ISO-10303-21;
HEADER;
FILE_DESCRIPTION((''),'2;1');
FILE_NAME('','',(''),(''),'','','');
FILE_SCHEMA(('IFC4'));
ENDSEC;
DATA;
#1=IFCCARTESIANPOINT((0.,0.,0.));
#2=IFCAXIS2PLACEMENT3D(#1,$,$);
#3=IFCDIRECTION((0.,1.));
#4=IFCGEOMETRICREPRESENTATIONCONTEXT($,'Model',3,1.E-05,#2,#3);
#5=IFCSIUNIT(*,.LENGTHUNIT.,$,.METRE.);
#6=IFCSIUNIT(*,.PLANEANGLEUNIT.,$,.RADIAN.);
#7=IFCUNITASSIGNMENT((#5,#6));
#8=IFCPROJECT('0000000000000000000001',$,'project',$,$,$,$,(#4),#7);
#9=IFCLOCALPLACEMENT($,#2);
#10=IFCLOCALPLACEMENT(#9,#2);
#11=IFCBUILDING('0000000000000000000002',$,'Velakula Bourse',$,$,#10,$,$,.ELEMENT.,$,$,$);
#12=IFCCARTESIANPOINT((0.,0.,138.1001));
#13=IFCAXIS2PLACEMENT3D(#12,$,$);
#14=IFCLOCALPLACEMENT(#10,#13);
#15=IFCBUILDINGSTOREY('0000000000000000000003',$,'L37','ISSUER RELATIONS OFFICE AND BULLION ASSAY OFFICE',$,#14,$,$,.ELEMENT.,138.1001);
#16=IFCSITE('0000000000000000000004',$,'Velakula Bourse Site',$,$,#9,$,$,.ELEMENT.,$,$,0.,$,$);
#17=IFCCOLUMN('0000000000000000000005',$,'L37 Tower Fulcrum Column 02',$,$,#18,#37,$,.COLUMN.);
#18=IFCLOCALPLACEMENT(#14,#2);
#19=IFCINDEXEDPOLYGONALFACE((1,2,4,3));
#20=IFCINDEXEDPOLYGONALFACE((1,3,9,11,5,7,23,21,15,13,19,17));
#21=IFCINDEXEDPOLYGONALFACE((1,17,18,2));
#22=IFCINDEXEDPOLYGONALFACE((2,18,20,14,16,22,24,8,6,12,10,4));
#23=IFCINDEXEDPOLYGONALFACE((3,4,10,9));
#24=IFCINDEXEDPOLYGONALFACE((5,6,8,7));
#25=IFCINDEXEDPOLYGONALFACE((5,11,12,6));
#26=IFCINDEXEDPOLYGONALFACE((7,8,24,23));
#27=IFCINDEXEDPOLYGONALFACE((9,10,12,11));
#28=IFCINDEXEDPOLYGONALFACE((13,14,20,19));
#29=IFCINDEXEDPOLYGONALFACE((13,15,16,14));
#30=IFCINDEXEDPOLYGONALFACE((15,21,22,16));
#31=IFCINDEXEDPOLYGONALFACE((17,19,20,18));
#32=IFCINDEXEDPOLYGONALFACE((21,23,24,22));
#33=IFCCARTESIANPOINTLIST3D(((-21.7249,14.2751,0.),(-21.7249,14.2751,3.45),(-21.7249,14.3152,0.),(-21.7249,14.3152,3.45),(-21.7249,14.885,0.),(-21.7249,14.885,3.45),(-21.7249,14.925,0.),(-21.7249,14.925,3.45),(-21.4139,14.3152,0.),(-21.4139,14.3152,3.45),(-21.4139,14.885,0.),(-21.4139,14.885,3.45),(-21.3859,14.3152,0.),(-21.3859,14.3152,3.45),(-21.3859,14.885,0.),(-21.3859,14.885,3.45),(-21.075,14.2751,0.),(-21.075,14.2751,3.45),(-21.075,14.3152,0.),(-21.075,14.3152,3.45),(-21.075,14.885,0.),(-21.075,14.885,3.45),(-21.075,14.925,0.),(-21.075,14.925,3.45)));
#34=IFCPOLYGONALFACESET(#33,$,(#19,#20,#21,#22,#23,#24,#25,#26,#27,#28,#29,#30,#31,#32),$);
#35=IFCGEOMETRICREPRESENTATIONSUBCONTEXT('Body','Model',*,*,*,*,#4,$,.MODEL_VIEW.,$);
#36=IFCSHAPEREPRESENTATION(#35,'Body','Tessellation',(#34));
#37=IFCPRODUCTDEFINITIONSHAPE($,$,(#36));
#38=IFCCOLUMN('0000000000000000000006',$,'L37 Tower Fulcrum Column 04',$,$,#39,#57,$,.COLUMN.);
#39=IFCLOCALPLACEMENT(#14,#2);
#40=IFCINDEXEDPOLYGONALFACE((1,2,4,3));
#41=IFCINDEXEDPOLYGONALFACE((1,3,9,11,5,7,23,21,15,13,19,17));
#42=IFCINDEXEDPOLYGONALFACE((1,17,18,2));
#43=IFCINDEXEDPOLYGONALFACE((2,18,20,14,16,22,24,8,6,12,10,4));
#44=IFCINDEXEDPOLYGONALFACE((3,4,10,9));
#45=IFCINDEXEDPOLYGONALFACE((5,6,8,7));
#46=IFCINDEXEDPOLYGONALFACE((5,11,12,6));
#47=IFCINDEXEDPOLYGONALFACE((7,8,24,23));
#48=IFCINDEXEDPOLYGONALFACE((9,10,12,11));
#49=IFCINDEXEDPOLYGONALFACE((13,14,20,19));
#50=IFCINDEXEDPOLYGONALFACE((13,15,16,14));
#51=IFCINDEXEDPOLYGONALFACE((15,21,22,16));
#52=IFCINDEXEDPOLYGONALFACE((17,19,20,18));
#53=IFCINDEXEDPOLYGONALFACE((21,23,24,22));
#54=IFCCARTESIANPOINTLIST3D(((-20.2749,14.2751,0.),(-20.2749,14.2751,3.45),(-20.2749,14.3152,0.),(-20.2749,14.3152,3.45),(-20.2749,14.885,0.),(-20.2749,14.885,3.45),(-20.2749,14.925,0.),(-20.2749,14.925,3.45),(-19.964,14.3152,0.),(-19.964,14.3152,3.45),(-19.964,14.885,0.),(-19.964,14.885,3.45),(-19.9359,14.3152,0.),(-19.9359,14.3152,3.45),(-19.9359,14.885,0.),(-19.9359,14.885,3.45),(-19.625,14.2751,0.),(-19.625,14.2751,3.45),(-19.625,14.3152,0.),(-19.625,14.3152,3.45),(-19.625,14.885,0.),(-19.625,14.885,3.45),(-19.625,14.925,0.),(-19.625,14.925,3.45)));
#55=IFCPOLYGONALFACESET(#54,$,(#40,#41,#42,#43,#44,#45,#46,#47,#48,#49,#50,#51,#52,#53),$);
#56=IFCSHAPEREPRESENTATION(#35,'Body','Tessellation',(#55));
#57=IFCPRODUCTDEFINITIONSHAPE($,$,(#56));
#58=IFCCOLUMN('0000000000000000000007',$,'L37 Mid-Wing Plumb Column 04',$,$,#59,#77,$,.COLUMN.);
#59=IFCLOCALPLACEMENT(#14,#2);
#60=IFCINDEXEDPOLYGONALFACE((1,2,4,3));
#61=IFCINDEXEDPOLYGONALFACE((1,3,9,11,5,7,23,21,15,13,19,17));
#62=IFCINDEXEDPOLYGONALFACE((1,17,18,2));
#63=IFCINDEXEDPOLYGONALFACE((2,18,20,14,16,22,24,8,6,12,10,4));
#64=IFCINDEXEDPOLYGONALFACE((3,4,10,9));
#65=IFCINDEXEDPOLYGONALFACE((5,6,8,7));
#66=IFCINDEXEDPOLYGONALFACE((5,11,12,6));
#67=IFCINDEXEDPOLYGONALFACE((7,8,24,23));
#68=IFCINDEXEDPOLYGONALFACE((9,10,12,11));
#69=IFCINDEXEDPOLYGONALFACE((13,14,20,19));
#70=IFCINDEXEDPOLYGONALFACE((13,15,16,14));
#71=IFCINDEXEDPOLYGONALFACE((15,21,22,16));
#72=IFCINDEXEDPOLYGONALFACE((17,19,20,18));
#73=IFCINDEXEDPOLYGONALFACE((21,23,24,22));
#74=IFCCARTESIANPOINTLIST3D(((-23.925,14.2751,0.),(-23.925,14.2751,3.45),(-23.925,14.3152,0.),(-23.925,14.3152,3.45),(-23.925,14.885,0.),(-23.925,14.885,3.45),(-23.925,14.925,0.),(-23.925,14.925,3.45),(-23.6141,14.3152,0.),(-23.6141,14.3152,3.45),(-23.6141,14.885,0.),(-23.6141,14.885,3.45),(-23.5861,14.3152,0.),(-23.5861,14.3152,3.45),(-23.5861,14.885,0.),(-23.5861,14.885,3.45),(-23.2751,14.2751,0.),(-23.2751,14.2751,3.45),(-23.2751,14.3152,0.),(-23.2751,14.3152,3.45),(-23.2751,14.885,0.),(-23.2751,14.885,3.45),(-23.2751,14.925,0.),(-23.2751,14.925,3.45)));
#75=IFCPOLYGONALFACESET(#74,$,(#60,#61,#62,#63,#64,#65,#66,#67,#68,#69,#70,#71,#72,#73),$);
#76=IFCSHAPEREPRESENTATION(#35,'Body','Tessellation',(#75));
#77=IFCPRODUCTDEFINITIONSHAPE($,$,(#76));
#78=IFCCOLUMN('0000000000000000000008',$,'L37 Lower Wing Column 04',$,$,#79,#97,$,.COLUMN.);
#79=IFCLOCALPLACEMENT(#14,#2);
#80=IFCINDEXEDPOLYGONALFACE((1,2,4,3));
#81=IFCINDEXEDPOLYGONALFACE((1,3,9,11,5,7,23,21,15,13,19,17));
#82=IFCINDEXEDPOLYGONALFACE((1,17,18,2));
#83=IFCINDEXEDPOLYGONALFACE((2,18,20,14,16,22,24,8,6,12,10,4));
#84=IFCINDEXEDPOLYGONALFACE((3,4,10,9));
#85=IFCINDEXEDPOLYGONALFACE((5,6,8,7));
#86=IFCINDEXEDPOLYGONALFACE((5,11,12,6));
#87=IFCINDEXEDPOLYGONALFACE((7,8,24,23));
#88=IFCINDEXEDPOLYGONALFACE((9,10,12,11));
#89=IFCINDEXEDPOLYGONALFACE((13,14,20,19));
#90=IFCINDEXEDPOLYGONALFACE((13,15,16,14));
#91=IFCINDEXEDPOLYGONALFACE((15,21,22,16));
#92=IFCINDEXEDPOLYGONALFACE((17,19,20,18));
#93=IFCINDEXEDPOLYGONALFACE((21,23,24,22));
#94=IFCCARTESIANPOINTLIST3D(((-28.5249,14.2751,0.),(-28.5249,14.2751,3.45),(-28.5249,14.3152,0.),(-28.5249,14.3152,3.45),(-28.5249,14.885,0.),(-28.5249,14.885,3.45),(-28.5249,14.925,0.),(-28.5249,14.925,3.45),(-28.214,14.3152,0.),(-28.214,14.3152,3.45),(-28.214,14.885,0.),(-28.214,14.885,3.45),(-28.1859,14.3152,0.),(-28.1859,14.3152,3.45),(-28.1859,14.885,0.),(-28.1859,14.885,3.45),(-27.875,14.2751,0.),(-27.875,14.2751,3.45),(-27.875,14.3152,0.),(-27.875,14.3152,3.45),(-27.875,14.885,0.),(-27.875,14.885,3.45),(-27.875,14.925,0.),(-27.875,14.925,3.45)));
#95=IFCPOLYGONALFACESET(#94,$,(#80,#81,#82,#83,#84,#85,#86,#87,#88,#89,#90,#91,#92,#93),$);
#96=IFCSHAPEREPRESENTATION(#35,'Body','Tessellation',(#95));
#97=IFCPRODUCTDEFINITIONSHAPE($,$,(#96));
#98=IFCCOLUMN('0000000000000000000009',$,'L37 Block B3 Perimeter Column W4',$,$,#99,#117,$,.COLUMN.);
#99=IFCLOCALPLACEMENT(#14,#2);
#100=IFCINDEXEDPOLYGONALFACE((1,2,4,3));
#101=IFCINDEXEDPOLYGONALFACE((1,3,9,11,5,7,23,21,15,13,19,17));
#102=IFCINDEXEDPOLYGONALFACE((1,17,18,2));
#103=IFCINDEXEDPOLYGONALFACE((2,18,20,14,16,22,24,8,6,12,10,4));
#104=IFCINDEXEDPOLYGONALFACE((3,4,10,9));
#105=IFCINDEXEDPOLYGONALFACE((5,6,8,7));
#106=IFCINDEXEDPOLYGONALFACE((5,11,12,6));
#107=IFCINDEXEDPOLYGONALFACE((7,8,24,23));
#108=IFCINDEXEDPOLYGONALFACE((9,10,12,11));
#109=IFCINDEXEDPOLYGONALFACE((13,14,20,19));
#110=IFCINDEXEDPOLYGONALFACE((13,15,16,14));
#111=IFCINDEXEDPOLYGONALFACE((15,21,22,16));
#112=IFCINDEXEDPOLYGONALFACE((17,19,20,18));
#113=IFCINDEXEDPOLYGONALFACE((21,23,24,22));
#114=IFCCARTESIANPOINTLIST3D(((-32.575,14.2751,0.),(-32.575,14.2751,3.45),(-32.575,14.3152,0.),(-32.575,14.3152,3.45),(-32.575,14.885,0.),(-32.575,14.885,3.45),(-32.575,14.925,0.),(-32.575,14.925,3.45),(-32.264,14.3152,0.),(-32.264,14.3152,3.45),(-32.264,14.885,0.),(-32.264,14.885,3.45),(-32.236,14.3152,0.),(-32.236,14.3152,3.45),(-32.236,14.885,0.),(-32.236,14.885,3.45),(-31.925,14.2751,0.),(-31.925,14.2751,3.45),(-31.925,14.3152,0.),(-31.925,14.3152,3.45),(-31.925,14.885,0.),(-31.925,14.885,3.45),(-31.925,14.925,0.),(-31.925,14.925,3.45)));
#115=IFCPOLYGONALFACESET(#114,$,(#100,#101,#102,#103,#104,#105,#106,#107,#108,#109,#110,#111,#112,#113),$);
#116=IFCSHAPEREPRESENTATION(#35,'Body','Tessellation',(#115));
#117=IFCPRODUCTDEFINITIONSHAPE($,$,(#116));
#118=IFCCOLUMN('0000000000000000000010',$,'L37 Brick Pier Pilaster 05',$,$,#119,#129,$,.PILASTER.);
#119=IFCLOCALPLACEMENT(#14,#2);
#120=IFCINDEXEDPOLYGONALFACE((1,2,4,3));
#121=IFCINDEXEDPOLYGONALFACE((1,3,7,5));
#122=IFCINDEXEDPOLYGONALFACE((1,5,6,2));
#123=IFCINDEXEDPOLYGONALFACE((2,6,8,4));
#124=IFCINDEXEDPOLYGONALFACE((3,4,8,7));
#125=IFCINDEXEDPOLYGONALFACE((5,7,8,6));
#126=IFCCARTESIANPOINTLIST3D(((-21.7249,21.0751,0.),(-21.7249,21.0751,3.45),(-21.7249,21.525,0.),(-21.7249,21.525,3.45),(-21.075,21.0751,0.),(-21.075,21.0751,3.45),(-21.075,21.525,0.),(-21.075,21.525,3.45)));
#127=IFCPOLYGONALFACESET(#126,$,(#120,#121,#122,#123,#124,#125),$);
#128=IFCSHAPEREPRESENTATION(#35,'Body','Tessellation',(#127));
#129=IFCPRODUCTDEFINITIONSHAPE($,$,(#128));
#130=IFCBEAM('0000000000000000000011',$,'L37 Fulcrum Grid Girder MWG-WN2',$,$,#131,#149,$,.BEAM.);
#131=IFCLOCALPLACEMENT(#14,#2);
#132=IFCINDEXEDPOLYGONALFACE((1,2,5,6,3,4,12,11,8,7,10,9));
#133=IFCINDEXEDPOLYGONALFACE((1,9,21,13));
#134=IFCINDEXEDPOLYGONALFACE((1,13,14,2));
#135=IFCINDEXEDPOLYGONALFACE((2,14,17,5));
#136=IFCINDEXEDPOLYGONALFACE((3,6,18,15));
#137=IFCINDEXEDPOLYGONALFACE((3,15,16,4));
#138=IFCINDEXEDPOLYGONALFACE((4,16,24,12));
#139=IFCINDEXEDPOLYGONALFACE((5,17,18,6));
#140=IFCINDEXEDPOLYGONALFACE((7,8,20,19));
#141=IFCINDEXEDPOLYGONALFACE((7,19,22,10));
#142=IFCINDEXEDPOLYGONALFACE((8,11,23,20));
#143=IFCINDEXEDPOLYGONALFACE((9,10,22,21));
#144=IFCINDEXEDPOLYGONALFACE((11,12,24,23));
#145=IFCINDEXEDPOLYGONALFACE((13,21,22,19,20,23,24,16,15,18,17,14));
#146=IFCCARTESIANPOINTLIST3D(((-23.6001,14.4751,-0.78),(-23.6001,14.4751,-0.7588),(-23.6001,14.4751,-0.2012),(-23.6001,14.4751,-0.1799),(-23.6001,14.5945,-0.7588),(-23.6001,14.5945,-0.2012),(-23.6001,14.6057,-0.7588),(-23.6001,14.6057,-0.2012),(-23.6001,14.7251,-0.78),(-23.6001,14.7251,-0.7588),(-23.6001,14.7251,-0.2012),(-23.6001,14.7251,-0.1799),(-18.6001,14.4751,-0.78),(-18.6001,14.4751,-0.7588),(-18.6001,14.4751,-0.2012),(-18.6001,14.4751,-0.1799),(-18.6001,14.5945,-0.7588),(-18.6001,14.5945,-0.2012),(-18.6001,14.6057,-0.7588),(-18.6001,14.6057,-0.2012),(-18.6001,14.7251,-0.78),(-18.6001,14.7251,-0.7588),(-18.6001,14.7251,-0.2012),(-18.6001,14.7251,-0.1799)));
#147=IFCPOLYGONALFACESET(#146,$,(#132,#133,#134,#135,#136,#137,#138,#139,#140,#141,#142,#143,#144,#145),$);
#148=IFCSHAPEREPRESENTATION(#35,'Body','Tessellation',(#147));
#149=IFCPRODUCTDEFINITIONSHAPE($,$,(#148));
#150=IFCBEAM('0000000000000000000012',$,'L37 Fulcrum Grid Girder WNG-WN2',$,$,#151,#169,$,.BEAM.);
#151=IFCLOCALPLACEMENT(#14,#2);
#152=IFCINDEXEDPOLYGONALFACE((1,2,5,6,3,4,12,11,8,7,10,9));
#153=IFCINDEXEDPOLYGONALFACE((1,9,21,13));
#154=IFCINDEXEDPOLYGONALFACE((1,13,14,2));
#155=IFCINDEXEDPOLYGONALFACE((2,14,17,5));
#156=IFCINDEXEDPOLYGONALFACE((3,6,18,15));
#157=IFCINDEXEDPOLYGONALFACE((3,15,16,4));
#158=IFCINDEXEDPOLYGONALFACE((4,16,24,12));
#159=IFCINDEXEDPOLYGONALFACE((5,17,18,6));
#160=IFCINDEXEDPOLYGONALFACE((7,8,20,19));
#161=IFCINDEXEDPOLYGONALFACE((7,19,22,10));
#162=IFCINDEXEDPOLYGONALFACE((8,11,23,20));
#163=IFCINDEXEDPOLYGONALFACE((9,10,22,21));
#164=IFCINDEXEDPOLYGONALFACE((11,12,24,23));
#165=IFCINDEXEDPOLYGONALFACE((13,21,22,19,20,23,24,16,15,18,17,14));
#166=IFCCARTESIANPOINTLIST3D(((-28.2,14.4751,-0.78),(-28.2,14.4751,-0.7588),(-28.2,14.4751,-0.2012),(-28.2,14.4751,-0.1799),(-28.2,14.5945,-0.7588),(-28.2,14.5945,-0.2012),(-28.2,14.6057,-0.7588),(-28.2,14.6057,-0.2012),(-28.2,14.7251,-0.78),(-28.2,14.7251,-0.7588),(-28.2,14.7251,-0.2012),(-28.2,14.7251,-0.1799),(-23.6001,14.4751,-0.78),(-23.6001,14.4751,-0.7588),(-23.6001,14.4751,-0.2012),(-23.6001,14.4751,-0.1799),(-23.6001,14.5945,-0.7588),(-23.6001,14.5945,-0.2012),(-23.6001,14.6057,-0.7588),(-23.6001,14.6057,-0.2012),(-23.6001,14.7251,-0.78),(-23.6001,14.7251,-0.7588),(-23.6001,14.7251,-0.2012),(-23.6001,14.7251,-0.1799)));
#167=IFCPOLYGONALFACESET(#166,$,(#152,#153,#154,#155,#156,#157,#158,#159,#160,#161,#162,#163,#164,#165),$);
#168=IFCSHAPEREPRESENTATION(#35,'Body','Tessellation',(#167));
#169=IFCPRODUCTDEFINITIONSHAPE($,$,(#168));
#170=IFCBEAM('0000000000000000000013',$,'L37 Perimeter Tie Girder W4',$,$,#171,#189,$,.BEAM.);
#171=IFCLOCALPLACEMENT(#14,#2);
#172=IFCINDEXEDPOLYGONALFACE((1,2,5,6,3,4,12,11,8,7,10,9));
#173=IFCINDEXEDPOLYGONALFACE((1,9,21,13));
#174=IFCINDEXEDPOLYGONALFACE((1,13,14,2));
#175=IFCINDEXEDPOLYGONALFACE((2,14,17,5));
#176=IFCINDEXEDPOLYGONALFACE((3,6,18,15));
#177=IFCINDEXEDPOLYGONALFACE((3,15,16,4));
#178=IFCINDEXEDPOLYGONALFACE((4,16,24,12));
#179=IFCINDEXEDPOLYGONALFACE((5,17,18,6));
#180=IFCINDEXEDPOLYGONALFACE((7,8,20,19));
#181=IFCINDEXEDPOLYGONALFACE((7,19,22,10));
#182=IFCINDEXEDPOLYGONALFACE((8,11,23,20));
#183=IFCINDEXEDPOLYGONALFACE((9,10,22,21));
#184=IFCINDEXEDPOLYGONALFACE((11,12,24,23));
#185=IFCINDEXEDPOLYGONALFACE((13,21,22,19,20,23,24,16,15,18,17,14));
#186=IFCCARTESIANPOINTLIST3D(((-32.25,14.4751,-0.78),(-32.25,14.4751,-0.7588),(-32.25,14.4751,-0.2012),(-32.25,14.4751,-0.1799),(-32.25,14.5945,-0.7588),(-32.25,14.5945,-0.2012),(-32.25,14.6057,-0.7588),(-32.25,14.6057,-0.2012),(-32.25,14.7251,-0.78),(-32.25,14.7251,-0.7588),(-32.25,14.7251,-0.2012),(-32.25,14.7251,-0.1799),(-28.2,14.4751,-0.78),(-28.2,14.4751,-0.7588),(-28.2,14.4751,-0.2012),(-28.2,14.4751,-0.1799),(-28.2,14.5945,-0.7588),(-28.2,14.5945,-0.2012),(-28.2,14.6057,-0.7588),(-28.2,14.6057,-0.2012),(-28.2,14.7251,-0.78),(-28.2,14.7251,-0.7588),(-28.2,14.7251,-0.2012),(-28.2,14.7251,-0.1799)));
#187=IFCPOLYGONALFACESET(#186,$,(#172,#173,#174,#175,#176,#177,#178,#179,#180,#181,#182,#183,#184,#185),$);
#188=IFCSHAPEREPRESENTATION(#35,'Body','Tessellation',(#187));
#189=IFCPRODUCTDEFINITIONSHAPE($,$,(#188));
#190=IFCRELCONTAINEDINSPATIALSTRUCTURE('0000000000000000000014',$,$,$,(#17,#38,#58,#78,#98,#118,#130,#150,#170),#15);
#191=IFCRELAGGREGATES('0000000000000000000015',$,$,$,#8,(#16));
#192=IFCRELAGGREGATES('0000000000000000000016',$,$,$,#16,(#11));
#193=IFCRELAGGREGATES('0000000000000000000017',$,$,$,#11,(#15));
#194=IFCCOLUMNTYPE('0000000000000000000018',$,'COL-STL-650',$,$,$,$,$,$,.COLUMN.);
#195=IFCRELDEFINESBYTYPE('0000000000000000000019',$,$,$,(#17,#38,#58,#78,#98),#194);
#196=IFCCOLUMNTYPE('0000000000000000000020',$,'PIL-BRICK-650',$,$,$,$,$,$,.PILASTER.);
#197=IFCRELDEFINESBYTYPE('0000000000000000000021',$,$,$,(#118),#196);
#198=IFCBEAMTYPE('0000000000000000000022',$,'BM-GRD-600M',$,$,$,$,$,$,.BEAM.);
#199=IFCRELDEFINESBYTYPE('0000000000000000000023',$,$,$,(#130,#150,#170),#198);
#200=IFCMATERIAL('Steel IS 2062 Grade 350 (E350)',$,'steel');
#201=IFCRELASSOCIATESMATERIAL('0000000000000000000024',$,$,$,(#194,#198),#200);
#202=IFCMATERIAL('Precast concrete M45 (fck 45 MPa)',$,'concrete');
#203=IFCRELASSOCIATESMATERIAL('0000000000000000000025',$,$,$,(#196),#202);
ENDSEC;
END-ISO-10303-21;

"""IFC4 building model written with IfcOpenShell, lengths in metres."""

from ifc_helpers import new_model, si_unit, direction, frame, origin, origin_2d, place, context, subcontext, project, spatial, rectangle, i_section, extrude, material, material_profile, profile_set, type_object, element, save


model = new_model("IFC4")

# Units and contexts
model_context = context("Model", 3, precision=1e-05, world=origin(), true_north=direction((0.0, 1.0)))
body_context = subcontext(model_context, "Body", "Model", "MODEL_VIEW")
ifc_project = project(units=[si_unit("LENGTHUNIT", "METRE"), si_unit("PLANEANGLEUNIT", "RADIAN")], contexts=[model_context])

# Site, building, storey
site_placement = place(None, origin())
site = spatial("IfcSite", under=ifc_project, at=site_placement, Name="Velakula Bourse Site", CompositionType="ELEMENT", RefElevation=0.0)
building_placement = place(site_placement, origin())
building = spatial("IfcBuilding", under=site, at=building_placement, Name="Velakula Bourse", CompositionType="ELEMENT")
storey_placement = place(building_placement, frame((0.0, 0.0, 138.1001)))
storey = spatial("IfcBuildingStorey", under=building, at=storey_placement, Name="L37", Description="ISSUER RELATIONS OFFICE AND BULLION ASSAY OFFICE", CompositionType="ELEMENT", Elevation=138.1001)

# Columns
ifc_material_1 = material(Name="Steel IS 2062 Grade 350 (E350)", Category="steel")
ifc_material_profile_1 = material_profile(ifc_material_1, i_section(OverallWidth=0.6499, OverallDepth=0.6499, WebThickness=0.0281, FlangeThickness=0.04, at=origin_2d()), Name="Steel IS 2062 Grade 350 (E350)")
ifc_profile_set_1 = profile_set([ifc_material_profile_1], Name="Steel IS 2062 Grade 350 (E350)")
column_type_1 = type_object("IfcColumnType", Name="COL-STL-650", PredefinedType="COLUMN", material=ifc_profile_set_1)
for number, where, z_axis, x_axis, name in (
    (1, (-21.3999, 14.6001, 0.0), (0.0, 0.0, 1.0), (1.0, 0.0, 0.0), "L37 Tower Fulcrum Column 02"),
    (2, (-19.95, 14.6001, 0.0), (0.0, 0.0, 1.0), (1.0, 0.0, 0.0), "L37 Tower Fulcrum Column 04"),
    (3, (-23.6001, 14.6001, 0.0), (0.0, 0.0, 1.0), (1.0, 0.0, 0.0), "L37 Mid-Wing Plumb Column 04"),
    (4, (-28.2, 14.6001, 0.0), (0.0, 0.0, 1.0), (1.0, 0.0, 0.0), "L37 Lower Wing Column 04"),
    (5, (-32.25, 14.6001, 0.0), (0.0, 0.0, 1.0), (1.0, 0.0, 0.0), "L37 Block B3 Perimeter Column W4"),
):
    element("IfcColumn", number, at=place(storey_placement, frame(where, z_axis=z_axis, x_axis=x_axis)), inside=storey, type_object=column_type_1, Name=name, PredefinedType="COLUMN", context=body_context, shape_type="SweptSolid", body=[
        extrude(i_section(OverallWidth=0.6499, OverallDepth=0.6499, WebThickness=0.0281, FlangeThickness=0.04, at=origin_2d()), origin(), (0.0, 0.0, 1.0), 3.45),
    ])
ifc_material_2 = material(Name="Precast concrete M45 (fck 45 MPa)", Category="concrete")
ifc_material_profile_2 = material_profile(ifc_material_2, rectangle(XDim=0.6499, YDim=0.45, at=origin_2d()), Name="Precast concrete M45 (fck 45 MPa)")
ifc_profile_set_2 = profile_set([ifc_material_profile_2], Name="Precast concrete M45 (fck 45 MPa)")
column_type_2 = type_object("IfcColumnType", Name="PIL-BRICK-650", PredefinedType="PILASTER", material=ifc_profile_set_2)
column_placement = place(storey_placement, frame((-21.3999, 21.3, 0.0), z_axis=(0.0, 0.0, 1.0), x_axis=(1.0, 0.0, 0.0)))
element("IfcColumn", 6, at=column_placement, inside=storey, type_object=column_type_2, Name="L37 Brick Pier Pilaster 05", PredefinedType="PILASTER", context=body_context, shape_type="SweptSolid", body=[
    extrude(rectangle(XDim=0.6499, YDim=0.45, at=origin_2d()), origin(), (0.0, 0.0, 1.0), 3.45),
])

# Beams
ifc_material_profile_3 = material_profile(ifc_material_1, i_section(OverallWidth=0.25, OverallDepth=0.6001, WebThickness=0.0112, FlangeThickness=0.0212, at=origin_2d()), Name="Steel IS 2062 Grade 350 (E350)")
ifc_profile_set_3 = profile_set([ifc_material_profile_3], Name="Steel IS 2062 Grade 350 (E350)")
beam_type_1 = type_object("IfcBeamType", Name="BM-GRD-600M", PredefinedType="BEAM", material=ifc_profile_set_3)
beam_1_placement = place(storey_placement, frame((-23.6001, 14.6001, -0.48), z_axis=(1.0, 0.0, 0.0), x_axis=(0.0, 1.0, 0.0)))
element("IfcBeam", 7, at=beam_1_placement, inside=storey, type_object=beam_type_1, Name="L37 Fulcrum Grid Girder MWG-WN2", PredefinedType="BEAM", context=body_context, shape_type="SweptSolid", body=[
    extrude(i_section(OverallWidth=0.25, OverallDepth=0.6001, WebThickness=0.0112, FlangeThickness=0.0212, at=origin_2d()), origin(), (0.0, 0.0, 1.0), 5.0),
])
beam_2_placement = place(storey_placement, frame((-28.2, 14.6001, -0.48), z_axis=(1.0, 0.0, 0.0), x_axis=(0.0, 1.0, 0.0)))
element("IfcBeam", 8, at=beam_2_placement, inside=storey, type_object=beam_type_1, Name="L37 Fulcrum Grid Girder WNG-WN2", PredefinedType="BEAM", context=body_context, shape_type="SweptSolid", body=[
    extrude(i_section(OverallWidth=0.25, OverallDepth=0.6001, WebThickness=0.0112, FlangeThickness=0.0212, at=origin_2d()), origin(), (0.0, 0.0, 1.0), 4.5999),
])
beam_3_placement = place(storey_placement, frame((-28.2, 14.6001, -0.48), z_axis=(-1.0, 0.0, 0.0), x_axis=(0.0, -1.0, 0.0)))
element("IfcBeam", 9, at=beam_3_placement, inside=storey, type_object=beam_type_1, Name="L37 Perimeter Tie Girder W4", PredefinedType="BEAM", context=body_context, shape_type="SweptSolid", body=[
    extrude(i_section(OverallWidth=0.25, OverallDepth=0.6001, WebThickness=0.0112, FlangeThickness=0.0212, at=origin_2d()), origin(), (0.0, 0.0, 1.0), 4.05),
])

save(model, "model.ifc")
